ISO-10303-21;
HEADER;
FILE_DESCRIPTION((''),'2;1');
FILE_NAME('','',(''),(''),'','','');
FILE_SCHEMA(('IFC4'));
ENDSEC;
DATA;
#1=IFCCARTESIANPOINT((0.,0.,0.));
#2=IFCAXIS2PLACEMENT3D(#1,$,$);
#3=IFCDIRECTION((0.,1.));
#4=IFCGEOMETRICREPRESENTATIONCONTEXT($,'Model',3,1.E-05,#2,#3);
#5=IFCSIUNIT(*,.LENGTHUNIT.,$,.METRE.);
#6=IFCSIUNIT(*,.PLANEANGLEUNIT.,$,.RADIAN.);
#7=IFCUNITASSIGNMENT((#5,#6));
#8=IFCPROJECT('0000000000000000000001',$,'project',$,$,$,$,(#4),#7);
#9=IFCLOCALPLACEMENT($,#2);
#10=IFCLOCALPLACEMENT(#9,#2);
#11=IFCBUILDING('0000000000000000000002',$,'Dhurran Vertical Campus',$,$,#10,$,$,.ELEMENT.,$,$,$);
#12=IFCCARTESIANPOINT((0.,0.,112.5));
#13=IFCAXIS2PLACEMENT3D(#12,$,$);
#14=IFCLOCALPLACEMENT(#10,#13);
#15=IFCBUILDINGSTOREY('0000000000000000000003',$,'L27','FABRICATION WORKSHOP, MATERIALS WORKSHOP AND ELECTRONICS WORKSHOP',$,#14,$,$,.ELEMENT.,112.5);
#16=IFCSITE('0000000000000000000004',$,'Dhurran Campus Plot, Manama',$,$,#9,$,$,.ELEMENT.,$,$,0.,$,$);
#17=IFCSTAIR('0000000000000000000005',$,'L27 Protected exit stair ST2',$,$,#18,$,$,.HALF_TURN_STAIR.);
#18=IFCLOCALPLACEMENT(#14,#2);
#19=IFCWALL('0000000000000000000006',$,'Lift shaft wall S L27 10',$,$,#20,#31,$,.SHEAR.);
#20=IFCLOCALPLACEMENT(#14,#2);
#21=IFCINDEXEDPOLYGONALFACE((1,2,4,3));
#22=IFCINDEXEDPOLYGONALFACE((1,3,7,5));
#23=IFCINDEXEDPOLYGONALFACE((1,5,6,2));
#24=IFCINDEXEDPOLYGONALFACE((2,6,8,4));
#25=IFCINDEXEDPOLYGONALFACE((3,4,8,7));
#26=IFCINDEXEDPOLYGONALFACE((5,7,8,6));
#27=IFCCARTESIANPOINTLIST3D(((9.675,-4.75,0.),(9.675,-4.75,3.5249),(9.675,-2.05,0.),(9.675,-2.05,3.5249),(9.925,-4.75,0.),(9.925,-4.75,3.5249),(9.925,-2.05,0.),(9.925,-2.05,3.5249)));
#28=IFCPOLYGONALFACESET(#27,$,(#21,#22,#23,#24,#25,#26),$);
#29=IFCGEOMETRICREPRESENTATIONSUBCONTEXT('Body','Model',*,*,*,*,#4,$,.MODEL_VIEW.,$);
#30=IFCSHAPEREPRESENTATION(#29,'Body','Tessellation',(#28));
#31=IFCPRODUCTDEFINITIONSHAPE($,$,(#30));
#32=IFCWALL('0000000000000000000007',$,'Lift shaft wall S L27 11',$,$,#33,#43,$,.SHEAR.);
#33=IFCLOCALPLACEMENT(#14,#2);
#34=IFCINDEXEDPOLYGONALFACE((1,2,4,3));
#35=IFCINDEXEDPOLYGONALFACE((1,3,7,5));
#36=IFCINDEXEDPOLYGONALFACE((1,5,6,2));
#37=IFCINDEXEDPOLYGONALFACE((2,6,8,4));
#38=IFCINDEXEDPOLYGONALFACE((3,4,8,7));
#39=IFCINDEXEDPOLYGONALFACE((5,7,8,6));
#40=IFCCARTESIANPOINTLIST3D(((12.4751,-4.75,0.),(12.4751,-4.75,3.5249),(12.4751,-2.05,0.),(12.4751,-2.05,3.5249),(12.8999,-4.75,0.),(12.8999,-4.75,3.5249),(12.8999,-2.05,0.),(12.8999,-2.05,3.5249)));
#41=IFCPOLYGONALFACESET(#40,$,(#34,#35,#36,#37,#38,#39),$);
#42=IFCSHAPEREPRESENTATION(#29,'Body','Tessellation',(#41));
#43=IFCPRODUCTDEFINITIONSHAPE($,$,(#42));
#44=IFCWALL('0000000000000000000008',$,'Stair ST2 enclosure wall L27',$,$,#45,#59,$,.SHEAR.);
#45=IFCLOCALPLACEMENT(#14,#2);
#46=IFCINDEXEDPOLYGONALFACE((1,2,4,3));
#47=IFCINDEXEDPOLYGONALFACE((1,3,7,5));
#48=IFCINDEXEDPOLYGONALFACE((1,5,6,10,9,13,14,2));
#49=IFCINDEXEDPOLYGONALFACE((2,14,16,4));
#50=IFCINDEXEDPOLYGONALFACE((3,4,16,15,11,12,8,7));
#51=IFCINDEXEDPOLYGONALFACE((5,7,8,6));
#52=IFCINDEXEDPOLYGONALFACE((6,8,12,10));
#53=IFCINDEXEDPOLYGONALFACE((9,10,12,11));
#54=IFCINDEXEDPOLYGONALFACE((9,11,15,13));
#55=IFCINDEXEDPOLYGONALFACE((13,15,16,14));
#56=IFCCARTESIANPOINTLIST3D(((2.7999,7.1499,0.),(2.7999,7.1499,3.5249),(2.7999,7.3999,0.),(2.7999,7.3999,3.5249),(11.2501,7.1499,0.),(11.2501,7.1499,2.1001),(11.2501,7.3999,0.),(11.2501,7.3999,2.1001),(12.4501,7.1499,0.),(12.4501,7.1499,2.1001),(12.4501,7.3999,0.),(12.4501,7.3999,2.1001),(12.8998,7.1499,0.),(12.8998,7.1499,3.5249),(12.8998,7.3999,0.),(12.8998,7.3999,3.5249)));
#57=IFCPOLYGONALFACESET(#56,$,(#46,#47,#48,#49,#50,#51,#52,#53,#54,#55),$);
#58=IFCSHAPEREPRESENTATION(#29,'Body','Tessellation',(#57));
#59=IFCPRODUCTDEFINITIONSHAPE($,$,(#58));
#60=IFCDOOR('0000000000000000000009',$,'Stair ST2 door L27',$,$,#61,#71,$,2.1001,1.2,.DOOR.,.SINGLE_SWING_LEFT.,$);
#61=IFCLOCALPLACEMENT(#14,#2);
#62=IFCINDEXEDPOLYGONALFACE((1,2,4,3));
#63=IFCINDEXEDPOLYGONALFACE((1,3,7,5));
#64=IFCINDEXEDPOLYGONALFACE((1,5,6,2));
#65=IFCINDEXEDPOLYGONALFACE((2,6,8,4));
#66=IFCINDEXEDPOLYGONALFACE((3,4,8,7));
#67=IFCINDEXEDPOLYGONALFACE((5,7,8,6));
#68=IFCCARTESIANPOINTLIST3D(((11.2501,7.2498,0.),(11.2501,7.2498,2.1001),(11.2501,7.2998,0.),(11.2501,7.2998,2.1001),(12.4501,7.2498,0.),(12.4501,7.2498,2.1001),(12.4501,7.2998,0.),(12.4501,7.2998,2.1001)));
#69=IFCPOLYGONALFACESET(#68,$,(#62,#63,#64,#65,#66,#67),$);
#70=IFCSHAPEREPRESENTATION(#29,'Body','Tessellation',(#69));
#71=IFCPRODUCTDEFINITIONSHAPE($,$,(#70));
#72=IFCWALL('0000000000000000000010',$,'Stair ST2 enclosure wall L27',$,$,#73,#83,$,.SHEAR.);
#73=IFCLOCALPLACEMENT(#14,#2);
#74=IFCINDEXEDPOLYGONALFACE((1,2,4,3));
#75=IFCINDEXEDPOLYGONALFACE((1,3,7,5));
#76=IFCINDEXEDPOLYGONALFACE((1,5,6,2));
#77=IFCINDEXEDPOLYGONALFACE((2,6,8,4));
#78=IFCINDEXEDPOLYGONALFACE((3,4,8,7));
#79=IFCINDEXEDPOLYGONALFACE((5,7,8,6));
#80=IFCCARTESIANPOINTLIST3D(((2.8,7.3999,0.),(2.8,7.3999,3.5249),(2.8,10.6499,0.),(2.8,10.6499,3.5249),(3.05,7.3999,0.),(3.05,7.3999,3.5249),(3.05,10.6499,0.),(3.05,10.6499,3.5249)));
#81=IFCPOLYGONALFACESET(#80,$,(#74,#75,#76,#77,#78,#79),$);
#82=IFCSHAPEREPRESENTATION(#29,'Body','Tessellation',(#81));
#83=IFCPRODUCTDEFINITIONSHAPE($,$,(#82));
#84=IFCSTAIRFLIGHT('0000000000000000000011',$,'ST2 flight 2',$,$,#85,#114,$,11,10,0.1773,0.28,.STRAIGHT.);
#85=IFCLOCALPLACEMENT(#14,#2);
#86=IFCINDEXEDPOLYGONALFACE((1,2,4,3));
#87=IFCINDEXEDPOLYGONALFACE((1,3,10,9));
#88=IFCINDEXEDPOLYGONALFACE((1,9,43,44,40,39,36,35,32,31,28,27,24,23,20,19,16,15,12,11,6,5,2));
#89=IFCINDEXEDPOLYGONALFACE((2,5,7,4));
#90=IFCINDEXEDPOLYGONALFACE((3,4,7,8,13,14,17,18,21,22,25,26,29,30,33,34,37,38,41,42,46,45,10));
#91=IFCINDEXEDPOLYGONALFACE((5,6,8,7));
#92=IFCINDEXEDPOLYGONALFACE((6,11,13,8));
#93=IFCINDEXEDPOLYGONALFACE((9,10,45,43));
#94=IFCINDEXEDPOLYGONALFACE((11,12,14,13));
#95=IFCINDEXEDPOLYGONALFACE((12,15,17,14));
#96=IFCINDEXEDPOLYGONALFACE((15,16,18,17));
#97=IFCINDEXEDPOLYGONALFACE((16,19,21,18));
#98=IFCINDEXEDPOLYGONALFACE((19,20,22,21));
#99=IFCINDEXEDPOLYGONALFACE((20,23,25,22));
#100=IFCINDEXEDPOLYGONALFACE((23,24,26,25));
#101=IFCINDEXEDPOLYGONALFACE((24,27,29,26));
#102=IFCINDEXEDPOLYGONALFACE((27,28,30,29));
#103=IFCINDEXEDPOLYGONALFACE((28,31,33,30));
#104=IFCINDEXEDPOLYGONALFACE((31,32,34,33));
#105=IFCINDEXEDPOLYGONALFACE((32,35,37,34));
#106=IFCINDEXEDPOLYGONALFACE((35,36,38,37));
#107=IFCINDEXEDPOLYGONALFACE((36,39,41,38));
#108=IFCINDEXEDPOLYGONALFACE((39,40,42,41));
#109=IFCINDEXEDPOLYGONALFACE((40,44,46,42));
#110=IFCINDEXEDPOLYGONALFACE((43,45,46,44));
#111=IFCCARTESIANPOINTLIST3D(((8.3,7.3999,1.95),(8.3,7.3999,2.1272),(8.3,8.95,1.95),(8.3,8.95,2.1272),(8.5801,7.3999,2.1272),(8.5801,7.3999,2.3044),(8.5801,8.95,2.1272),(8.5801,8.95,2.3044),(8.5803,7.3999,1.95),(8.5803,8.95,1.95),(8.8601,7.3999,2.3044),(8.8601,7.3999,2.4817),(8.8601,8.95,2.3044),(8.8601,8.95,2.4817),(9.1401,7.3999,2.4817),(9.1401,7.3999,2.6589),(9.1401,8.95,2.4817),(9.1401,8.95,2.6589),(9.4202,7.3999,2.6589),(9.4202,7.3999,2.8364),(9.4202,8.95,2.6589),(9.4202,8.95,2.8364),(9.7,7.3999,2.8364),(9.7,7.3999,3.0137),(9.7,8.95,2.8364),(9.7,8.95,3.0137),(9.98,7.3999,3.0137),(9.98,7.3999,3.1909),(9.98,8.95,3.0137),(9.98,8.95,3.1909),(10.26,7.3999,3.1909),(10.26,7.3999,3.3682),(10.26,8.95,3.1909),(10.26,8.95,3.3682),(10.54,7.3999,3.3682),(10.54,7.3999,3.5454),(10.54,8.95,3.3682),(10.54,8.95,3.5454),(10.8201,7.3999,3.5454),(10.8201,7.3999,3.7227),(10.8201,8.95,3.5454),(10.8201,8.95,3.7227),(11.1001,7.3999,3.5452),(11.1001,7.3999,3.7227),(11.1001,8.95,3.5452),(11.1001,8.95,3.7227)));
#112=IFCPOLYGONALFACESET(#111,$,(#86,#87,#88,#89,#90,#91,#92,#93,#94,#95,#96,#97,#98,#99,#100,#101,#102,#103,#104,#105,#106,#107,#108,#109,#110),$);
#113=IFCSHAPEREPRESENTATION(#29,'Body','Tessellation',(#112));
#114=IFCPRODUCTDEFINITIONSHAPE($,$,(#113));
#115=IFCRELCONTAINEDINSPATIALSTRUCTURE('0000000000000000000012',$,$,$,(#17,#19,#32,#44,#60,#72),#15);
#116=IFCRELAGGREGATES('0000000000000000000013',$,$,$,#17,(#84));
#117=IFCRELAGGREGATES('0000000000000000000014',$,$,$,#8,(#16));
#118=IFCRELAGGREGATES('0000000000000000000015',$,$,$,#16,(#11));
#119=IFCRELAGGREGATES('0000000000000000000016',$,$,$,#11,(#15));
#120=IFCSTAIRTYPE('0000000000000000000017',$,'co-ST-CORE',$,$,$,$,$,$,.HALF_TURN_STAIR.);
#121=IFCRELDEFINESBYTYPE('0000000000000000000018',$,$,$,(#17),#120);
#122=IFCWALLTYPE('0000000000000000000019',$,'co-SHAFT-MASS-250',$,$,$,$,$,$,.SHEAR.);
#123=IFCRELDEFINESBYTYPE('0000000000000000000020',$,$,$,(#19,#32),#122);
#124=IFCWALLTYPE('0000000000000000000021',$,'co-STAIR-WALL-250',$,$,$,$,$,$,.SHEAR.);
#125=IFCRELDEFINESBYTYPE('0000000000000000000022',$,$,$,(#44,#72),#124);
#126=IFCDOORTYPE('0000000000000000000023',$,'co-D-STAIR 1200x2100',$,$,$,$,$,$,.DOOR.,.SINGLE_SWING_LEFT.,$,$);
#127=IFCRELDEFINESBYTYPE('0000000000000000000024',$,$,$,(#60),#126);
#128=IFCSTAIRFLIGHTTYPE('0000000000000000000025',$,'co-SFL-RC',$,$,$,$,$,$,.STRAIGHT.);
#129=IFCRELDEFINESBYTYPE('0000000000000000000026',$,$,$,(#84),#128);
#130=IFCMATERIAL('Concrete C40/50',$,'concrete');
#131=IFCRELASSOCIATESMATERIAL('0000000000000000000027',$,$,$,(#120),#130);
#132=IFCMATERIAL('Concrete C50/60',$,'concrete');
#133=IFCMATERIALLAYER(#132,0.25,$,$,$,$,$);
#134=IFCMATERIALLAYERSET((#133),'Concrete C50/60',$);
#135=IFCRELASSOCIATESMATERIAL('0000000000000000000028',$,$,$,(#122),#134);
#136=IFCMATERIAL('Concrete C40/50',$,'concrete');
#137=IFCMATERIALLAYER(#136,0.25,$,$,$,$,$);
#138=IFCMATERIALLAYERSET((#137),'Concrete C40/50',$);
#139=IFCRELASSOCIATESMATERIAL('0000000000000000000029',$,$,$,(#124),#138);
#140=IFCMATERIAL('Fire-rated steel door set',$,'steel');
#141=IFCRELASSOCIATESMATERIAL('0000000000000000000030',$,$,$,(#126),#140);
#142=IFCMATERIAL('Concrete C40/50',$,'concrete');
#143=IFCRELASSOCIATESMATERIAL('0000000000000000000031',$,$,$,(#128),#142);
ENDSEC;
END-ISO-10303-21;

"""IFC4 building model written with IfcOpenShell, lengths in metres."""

from ifc_helpers import new_model, si_unit, direction, frame, frame_2d, origin, place, context, subcontext, project, spatial, polyline, rectangle, outline, extrude, material, layer, layer_set, type_object, element, fill, aggregate, save


model = new_model("IFC4")

# Units and contexts
model_context = context("Model", 3, precision=1e-05, world=origin(), true_north=direction((0.0, 1.0)))
body_context = subcontext(model_context, "Body", "Model", "MODEL_VIEW")
ifc_project = project(units=[si_unit("LENGTHUNIT", "METRE"), si_unit("PLANEANGLEUNIT", "RADIAN")], contexts=[model_context])

# Site, building, storey
site_placement = place(None, origin())
site = spatial("IfcSite", under=ifc_project, at=site_placement, Name="Dhurran Campus Plot, Manama", CompositionType="ELEMENT", RefElevation=0.0)
building_placement = place(site_placement, origin())
building = spatial("IfcBuilding", under=site, at=building_placement, Name="Dhurran Vertical Campus", CompositionType="ELEMENT")
storey_placement = place(building_placement, frame((0.0, 0.0, 112.5)))
storey = spatial("IfcBuildingStorey", under=building, at=storey_placement, Name="L27", Description="FABRICATION WORKSHOP, MATERIALS WORKSHOP AND ELECTRONICS WORKSHOP", CompositionType="ELEMENT", Elevation=112.5)

# Stair
ifc_material_1 = material(Name="Concrete C40/50", Category="concrete")
stair_type = type_object("IfcStairType", Name="co-ST-CORE", PredefinedType="HALF_TURN_STAIR", material=ifc_material_1)
stair_1_placement = place(storey_placement, origin())
stair_1 = element("IfcStair", 1, at=stair_1_placement, inside=storey, type_object=stair_type, Name="L27 Protected exit stair ST2", PredefinedType="HALF_TURN_STAIR")

# Walls
ifc_material_2 = material(Name="Concrete C50/60", Category="concrete")
ifc_layer_1 = layer(ifc_material_2, 0.25)
ifc_layer_set_1 = layer_set([ifc_layer_1], Name="Concrete C50/60")
wall_type_1 = type_object("IfcWallType", Name="co-SHAFT-MASS-250", PredefinedType="SHEAR", material=ifc_layer_set_1)
wall_1_placement = place(storey_placement, origin())
element("IfcWall", 2, at=wall_1_placement, inside=storey, type_object=wall_type_1, Name="Lift shaft wall S L27 10", PredefinedType="SHEAR", context=body_context, shape_type="SweptSolid", body=[
    extrude(outline(polyline([(9.675, -4.75), (9.925, -4.75), (9.925, -2.05), (9.675, -2.05), (9.675, -4.75)])), origin(), (0.0, 0.0, 1.0), 3.5249),
])
wall_2_placement = place(storey_placement, origin())
element("IfcWall", 3, at=wall_2_placement, inside=storey, type_object=wall_type_1, Name="Lift shaft wall S L27 11", PredefinedType="SHEAR", context=body_context, shape_type="SweptSolid", body=[
    extrude(outline(polyline([(12.4751, -4.75), (12.8999, -4.75), (12.8999, -2.05), (12.4751, -2.05), (12.4751, -4.75)])), origin(), (0.0, 0.0, 1.0), 3.5249),
])

# Wall, opening, door
ifc_material_3 = material(Name="Concrete C40/50", Category="concrete")
ifc_layer_2 = layer(ifc_material_3, 0.25)
ifc_layer_set_2 = layer_set([ifc_layer_2], Name="Concrete C40/50")
wall_type_2 = type_object("IfcWallType", Name="co-STAIR-WALL-250", PredefinedType="SHEAR", material=ifc_layer_set_2)
wall_3_placement = place(storey_placement, frame((2.8, 7.2749, 0.0), z_axis=(0.0, 0.0, 1.0), x_axis=(1.0, 0.0, 0.0)))
wall_3 = element("IfcWall", 4, at=wall_3_placement, inside=storey, type_object=wall_type_2, Name="Stair ST2 enclosure wall L27", PredefinedType="SHEAR", context=body_context, shape_type="SweptSolid", body=[
    extrude(rectangle(XDim=10.0999, YDim=0.25, at=frame_2d((5.0498, 0.0))), origin(), (0.0, 0.0, 1.0), 3.5249),
])
opening_1_placement = place(wall_3_placement, frame((8.45, 0.0, 0.0)))
opening_1 = element("IfcOpeningElement", 5, at=opening_1_placement, cuts=wall_3, PredefinedType="OPENING", context=body_context, shape_type="SweptSolid", body=[
    extrude(rectangle(XDim=1.2, YDim=2.1001, at=frame_2d((0.6001, 1.05))), frame((0.0, 0.135, 0.0), z_axis=(0.0, -1.0, 0.0), x_axis=(1.0, 0.0, 0.0)), (0.0, 0.0, 1.0), 0.27),
])
ifc_material_4 = material(Name="Fire-rated steel door set", Category="steel")
door_type_1 = type_object("IfcDoorType", Name="co-D-STAIR 1200x2100", OperationType="SINGLE_SWING_LEFT", PredefinedType="DOOR", material=ifc_material_4)
door_1_placement = place(opening_1_placement, origin())
door_1 = element("IfcDoor", 6, at=door_1_placement, inside=storey, type_object=door_type_1, Name="Stair ST2 door L27", OperationType="SINGLE_SWING_LEFT", OverallHeight=2.1001, OverallWidth=1.2, PredefinedType="DOOR", context=body_context, shape_type="SweptSolid", body=[
    extrude(rectangle(XDim=1.2, YDim=2.1001, at=frame_2d((0.6001, 1.05))), frame((0.0, 0.0249, 0.0), z_axis=(0.0, -1.0, 0.0), x_axis=(1.0, 0.0, 0.0)), (0.0, 0.0, 1.0), 0.05),
])
fill(opening_1, door_1)

# Wall
wall_4_placement = place(storey_placement, frame((2.925, 7.3999, 0.0), z_axis=(0.0, 0.0, 1.0), x_axis=(0.0, 1.0, 0.0)))
element("IfcWall", 7, at=wall_4_placement, inside=storey, type_object=wall_type_2, Name="Stair ST2 enclosure wall L27", PredefinedType="SHEAR", context=body_context, shape_type="SweptSolid", body=[
    extrude(rectangle(XDim=3.25, YDim=0.25, at=frame_2d((1.625, 0.0))), origin(), (0.0, 0.0, 1.0), 3.5249),
])

# Stair flight
ifc_material_5 = material(Name="Concrete C40/50", Category="concrete")
stair_flight_type = type_object("IfcStairFlightType", Name="co-SFL-RC", PredefinedType="STRAIGHT", material=ifc_material_5)
stair_flight_placement = place(storey_placement, frame((8.3, 8.175, 1.95), z_axis=(0.0, 0.0, 1.0), x_axis=(1.0, 0.0, 0.0)))
stair_flight = element("IfcStairFlight", 8, at=stair_flight_placement, type_object=stair_flight_type, Name="ST2 flight 2", NumberOfRisers=11, NumberOfTreads=10, PredefinedType="STRAIGHT", RiserHeight=0.1773, TreadLength=0.28, context=body_context, shape_type="SweptSolid", body=[
    extrude(outline(polyline([(0.0, 0.0), (0.0, 0.1772), (0.28, 0.1772), (0.28, 0.3545), (0.5601, 0.3545), (0.5601, 0.5317), (0.8401, 0.5317), (0.8401, 0.709), (1.1201, 0.709), (1.1201, 0.8865), (1.3999, 0.8865), (1.3999, 1.0637), (1.6799, 1.0637), (1.6799, 1.241), (1.96, 1.241), (1.96, 1.4182), (2.24, 1.4182), (2.24, 1.5955), (2.52, 1.5955), (2.52, 1.7727), (2.8, 1.7727), (2.8, 1.95), (2.8, 1.5952), (0.2803, 0.0), (0.0, 0.0)])), frame((0.0, 0.7749, 0.0), z_axis=(0.0, -1.0, 0.0), x_axis=(1.0, 0.0, 0.0)), (0.0, 0.0, 1.0), 1.55),
])
aggregate(stair_1, [stair_flight])

save(model, "model.ifc")
